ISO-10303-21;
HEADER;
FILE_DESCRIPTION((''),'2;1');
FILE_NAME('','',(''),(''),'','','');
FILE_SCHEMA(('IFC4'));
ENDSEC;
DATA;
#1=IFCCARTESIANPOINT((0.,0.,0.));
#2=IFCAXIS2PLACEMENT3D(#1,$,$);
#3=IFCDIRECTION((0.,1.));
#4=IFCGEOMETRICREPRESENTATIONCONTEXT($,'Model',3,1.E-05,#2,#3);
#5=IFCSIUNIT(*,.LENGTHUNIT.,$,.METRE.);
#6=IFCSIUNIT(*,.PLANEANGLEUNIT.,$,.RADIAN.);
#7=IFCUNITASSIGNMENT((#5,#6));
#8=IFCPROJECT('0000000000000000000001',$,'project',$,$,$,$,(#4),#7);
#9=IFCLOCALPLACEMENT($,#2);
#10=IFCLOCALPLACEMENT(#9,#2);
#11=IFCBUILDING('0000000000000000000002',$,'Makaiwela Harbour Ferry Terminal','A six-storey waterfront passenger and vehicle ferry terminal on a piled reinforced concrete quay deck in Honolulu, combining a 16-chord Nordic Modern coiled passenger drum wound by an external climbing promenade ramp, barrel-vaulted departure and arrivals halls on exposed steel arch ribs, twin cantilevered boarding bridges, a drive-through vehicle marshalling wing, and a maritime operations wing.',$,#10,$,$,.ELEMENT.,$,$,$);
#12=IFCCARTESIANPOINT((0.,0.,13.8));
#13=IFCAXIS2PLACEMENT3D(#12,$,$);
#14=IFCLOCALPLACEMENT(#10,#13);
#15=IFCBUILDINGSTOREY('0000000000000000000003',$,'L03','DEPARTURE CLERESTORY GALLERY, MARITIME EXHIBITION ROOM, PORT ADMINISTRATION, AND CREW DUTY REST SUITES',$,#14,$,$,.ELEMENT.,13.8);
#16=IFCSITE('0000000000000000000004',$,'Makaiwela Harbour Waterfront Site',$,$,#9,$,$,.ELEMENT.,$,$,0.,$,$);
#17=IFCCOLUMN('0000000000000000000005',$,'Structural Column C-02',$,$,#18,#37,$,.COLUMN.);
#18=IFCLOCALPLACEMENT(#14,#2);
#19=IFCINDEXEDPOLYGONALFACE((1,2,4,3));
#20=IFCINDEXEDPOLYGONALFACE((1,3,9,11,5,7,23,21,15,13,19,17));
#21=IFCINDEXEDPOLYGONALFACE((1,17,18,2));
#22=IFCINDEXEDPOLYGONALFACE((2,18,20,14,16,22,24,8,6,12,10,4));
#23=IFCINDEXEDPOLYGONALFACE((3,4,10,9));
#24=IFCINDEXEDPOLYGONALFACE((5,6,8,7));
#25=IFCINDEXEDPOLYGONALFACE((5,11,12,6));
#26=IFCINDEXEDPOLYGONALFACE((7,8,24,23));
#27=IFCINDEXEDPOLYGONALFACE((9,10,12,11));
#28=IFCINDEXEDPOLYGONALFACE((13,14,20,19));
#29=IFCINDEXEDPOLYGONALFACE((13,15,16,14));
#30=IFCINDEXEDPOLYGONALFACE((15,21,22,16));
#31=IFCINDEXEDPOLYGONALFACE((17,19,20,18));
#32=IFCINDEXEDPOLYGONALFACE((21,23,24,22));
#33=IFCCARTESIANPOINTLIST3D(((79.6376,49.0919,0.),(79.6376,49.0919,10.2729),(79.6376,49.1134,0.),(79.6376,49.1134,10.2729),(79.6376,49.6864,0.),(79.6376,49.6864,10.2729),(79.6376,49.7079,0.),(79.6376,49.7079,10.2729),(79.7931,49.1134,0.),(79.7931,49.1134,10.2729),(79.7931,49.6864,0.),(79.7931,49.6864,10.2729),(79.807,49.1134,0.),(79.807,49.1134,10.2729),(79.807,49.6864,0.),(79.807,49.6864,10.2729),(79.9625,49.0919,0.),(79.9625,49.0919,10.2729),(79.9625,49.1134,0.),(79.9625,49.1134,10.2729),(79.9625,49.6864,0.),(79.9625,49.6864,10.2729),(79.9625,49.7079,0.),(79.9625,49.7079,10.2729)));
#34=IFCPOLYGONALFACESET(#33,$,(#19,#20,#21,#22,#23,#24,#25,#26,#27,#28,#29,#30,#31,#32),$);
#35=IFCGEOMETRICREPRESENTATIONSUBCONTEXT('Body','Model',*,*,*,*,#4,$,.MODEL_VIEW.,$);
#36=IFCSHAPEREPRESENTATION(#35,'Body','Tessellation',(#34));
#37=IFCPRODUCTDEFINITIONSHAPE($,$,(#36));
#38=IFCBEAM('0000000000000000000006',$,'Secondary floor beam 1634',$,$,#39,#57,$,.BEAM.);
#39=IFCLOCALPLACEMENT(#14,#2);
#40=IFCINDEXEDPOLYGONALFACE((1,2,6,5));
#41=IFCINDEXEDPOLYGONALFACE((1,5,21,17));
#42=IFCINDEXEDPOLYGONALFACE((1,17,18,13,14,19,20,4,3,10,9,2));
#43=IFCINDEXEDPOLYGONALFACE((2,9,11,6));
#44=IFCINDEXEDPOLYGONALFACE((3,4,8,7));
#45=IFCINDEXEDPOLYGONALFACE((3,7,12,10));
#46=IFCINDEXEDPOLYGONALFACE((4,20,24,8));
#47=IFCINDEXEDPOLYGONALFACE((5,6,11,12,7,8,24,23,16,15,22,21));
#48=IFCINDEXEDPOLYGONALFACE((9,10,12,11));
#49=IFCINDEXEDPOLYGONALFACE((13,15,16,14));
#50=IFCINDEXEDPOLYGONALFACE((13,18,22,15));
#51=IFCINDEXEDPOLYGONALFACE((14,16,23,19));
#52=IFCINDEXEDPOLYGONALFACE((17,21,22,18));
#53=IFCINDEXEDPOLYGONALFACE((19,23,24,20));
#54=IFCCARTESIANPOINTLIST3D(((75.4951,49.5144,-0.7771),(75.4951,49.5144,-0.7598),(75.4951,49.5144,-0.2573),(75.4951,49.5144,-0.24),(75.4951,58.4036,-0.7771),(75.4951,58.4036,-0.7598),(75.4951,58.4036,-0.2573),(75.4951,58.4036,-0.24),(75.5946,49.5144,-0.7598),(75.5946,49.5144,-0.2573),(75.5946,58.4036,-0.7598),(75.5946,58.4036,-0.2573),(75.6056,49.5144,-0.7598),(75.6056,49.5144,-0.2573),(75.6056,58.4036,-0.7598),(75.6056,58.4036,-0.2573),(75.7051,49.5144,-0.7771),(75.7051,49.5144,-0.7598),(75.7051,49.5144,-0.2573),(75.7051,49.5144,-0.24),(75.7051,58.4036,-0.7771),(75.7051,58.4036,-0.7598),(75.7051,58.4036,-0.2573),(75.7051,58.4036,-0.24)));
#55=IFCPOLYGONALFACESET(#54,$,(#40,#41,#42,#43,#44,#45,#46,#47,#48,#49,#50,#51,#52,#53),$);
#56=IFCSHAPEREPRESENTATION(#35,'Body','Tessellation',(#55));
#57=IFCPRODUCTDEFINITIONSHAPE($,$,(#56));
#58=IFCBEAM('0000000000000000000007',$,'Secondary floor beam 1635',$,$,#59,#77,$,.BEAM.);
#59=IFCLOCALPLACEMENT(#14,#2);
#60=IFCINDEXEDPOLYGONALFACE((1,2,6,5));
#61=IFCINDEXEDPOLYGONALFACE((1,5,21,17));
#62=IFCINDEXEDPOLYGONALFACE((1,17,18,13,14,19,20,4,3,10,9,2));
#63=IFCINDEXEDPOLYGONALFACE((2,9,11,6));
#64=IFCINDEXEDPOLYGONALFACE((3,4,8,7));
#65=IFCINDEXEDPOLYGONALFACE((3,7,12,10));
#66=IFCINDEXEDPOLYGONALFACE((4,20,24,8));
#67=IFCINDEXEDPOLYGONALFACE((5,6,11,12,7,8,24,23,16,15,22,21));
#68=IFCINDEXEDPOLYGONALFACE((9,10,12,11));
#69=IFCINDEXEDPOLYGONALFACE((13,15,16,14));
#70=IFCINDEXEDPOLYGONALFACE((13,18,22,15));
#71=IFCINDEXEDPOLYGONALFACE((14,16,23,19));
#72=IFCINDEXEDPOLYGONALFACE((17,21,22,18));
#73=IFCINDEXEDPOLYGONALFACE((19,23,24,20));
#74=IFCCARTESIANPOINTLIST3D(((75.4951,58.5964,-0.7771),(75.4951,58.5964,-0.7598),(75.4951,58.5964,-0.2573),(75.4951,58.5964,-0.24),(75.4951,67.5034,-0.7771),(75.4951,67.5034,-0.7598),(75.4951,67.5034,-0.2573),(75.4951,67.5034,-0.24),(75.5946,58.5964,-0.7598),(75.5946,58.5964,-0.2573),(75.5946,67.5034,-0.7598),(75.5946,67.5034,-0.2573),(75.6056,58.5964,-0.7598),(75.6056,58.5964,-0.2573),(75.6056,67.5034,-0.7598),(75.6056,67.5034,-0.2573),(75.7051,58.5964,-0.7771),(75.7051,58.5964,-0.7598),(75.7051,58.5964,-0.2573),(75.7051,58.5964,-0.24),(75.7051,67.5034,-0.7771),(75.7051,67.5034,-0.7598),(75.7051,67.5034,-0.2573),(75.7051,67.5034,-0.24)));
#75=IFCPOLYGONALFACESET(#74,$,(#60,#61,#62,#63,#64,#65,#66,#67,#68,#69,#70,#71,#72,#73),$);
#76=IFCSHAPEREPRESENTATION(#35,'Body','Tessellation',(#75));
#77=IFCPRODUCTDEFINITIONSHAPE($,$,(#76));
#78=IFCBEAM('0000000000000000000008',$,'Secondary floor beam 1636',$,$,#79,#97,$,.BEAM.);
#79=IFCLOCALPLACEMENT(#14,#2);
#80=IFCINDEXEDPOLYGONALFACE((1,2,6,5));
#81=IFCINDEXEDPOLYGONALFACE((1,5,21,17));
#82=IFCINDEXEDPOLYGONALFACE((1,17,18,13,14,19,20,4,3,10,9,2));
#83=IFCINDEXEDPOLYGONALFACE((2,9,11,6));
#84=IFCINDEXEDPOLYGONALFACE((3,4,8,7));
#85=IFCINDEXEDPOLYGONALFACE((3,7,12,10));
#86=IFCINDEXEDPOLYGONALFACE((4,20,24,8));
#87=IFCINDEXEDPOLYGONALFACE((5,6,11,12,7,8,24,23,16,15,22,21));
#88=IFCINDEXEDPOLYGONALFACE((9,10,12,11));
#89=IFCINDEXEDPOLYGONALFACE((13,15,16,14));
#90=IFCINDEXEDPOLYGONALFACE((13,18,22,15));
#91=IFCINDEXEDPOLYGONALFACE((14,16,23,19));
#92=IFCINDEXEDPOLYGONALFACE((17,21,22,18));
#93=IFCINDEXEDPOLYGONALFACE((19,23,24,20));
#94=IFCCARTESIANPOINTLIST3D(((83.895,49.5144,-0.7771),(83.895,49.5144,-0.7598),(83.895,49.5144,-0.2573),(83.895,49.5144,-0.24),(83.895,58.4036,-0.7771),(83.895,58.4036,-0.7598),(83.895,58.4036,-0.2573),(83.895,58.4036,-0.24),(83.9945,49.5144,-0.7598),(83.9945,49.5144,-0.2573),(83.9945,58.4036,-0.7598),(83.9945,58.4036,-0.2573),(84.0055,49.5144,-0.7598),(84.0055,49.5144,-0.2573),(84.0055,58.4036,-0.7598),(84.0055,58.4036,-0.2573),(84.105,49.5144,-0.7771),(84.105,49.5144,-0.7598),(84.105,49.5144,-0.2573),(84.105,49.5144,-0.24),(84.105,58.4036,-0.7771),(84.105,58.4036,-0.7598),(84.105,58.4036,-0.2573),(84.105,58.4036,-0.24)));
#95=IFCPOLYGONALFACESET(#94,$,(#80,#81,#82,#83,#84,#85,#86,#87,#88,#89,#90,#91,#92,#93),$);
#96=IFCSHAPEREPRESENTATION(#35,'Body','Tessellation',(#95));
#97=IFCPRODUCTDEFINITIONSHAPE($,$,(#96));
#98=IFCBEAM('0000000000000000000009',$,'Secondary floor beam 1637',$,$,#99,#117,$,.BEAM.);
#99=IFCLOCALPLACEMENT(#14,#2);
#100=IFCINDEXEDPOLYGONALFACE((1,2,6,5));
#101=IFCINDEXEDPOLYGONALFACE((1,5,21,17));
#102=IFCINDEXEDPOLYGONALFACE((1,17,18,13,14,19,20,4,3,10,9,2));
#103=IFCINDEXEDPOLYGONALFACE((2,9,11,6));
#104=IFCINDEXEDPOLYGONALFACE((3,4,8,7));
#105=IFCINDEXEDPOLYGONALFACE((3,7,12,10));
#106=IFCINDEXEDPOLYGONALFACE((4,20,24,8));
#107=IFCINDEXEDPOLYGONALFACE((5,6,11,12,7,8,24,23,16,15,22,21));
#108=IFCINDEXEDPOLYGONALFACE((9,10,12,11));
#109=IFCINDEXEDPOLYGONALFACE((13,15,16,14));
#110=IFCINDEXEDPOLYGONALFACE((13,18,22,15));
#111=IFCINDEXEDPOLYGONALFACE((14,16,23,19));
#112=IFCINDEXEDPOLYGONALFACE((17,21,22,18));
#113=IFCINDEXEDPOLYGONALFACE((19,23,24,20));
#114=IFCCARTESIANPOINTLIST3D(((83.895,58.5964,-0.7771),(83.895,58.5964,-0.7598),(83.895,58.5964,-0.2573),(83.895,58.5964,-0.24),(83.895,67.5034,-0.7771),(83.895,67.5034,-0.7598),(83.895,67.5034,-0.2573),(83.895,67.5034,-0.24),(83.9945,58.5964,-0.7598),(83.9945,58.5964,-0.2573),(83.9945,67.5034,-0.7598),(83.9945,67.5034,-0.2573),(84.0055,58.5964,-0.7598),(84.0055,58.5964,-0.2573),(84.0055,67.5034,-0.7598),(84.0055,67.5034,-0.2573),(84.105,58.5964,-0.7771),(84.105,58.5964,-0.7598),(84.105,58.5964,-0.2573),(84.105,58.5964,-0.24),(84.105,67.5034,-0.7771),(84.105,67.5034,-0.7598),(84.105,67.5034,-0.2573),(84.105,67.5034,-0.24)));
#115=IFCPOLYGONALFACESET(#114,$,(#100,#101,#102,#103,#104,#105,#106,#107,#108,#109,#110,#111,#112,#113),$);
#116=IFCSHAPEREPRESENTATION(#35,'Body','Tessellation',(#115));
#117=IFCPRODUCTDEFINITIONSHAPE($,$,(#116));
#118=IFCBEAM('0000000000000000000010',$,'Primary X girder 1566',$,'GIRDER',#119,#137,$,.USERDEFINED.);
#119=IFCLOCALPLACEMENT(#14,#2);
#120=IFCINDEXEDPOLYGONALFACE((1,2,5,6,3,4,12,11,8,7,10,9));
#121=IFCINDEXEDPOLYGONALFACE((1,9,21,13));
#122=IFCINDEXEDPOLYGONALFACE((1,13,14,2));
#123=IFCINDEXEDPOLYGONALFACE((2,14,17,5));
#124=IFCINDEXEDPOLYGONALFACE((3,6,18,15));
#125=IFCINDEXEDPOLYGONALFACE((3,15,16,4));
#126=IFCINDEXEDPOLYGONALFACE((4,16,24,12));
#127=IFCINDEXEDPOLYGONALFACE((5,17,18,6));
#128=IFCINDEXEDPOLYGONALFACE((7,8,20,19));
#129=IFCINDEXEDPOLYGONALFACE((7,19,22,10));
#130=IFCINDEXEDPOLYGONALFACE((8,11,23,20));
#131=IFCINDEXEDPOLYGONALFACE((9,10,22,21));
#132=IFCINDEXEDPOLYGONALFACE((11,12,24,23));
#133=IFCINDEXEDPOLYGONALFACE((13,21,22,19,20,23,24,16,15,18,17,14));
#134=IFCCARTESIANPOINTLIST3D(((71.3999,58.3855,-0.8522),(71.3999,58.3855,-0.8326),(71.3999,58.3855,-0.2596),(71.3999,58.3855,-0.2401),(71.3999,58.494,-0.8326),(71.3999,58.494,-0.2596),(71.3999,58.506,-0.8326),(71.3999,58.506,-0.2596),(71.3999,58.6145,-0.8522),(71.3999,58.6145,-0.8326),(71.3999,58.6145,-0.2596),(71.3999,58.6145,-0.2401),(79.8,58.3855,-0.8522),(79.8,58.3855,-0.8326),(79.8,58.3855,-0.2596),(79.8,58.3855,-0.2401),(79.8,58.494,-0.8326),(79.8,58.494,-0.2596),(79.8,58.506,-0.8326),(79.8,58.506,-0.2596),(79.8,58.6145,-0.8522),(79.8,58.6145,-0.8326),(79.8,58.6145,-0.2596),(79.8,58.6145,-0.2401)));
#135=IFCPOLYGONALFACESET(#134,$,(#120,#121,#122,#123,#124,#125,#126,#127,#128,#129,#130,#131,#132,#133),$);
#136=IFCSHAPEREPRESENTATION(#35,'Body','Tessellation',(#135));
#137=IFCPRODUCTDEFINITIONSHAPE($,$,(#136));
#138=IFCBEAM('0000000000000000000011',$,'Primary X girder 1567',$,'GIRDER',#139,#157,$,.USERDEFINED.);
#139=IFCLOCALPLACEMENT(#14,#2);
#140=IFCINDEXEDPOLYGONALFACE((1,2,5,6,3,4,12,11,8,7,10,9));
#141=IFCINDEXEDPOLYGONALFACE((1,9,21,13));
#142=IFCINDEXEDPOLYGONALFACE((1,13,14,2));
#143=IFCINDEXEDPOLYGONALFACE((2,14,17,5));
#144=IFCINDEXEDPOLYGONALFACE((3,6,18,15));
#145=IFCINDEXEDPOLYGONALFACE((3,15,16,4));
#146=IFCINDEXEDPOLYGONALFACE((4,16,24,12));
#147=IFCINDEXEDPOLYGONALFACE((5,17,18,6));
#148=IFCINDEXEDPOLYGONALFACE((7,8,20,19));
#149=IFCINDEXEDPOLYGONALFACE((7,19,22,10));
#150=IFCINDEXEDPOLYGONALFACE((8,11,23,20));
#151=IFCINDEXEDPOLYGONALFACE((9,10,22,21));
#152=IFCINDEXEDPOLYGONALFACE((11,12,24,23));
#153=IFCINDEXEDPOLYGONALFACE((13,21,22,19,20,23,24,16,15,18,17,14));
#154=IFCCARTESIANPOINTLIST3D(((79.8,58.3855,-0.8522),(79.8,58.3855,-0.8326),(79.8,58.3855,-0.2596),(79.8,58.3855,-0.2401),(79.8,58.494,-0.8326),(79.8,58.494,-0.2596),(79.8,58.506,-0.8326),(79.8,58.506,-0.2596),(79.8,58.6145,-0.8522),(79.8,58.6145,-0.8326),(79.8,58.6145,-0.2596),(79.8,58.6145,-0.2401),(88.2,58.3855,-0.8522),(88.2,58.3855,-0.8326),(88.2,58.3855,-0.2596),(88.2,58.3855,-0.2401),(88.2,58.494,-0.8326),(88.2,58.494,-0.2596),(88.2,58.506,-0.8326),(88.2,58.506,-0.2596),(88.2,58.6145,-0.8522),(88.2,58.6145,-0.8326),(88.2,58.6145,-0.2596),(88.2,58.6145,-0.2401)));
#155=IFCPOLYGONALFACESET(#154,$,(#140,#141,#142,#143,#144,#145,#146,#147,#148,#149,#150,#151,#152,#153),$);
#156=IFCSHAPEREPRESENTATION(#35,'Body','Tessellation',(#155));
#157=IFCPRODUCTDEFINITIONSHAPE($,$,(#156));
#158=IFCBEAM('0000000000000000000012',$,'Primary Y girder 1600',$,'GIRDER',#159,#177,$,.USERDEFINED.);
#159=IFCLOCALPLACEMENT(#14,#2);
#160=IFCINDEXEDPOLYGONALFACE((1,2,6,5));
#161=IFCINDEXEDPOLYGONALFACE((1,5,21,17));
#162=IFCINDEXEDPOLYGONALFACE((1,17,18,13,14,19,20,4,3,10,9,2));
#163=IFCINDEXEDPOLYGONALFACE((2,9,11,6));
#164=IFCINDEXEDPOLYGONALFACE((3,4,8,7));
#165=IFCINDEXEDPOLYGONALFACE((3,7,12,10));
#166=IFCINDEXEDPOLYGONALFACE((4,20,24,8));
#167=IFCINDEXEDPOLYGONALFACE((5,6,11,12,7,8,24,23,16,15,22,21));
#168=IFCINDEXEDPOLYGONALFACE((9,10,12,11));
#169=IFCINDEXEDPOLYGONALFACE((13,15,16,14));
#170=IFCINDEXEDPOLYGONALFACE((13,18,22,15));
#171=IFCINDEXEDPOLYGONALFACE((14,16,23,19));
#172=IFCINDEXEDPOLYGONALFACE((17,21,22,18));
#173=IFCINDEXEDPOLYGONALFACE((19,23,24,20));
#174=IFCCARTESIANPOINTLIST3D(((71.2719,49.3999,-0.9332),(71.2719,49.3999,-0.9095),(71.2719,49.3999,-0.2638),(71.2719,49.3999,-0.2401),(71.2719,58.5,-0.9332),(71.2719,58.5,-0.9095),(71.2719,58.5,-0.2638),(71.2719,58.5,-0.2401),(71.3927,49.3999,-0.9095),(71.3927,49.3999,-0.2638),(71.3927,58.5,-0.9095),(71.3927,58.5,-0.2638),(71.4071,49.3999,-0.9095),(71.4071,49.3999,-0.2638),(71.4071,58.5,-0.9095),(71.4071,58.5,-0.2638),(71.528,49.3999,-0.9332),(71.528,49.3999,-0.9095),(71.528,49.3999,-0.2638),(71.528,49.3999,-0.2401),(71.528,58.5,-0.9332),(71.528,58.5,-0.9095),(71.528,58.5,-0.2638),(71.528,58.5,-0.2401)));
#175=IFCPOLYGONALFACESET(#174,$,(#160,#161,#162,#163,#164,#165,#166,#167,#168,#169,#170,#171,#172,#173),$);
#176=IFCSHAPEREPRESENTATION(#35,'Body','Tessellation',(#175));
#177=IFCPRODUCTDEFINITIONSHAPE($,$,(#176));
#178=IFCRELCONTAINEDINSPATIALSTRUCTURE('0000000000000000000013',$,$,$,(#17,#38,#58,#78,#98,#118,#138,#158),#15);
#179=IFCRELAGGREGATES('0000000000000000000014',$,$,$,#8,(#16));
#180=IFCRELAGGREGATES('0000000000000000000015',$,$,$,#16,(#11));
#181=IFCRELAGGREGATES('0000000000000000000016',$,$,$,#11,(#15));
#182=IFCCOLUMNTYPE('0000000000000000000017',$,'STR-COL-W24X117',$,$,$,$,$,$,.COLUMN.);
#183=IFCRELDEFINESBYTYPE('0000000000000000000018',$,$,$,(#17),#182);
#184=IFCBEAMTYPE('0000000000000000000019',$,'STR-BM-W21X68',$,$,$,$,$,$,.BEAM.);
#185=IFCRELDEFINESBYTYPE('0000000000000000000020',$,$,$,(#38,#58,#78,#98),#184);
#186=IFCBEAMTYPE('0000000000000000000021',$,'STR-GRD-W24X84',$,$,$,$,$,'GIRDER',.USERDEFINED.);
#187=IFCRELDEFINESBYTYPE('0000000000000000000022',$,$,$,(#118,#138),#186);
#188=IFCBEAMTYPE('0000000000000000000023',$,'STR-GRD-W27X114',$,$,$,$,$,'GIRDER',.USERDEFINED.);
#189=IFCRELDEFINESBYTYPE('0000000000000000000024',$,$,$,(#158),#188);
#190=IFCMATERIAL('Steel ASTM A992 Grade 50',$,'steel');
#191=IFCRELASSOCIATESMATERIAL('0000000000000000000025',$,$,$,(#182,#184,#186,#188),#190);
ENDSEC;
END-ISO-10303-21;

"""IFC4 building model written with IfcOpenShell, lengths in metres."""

from ifc_helpers import new_model, si_unit, direction, frame, origin, origin_2d, place, context, subcontext, project, spatial, i_section, extrude, material, material_profile, profile_set, type_object, element, save


model = new_model("IFC4")

# Units and contexts
model_context = context("Model", 3, precision=1e-05, world=origin(), true_north=direction((0.0, 1.0)))
body_context = subcontext(model_context, "Body", "Model", "MODEL_VIEW")
ifc_project = project(units=[si_unit("LENGTHUNIT", "METRE"), si_unit("PLANEANGLEUNIT", "RADIAN")], contexts=[model_context])

# Site, building, storey
site_placement = place(None, origin())
site = spatial("IfcSite", under=ifc_project, at=site_placement, Name="Makaiwela Harbour Waterfront Site", CompositionType="ELEMENT", RefElevation=0.0)
building_placement = place(site_placement, origin())
building = spatial("IfcBuilding", under=site, at=building_placement, Name="Makaiwela Harbour Ferry Terminal", Description="A six-storey waterfront passenger and vehicle ferry terminal on a piled reinforced concrete quay deck in Honolulu, combining a 16-chord Nordic Modern coiled passenger drum wound by an external climbing promenade ramp, barrel-vaulted departure and arrivals halls on exposed steel arch ribs, twin cantilevered boarding bridges, a drive-through vehicle marshalling wing, and a maritime operations wing.", CompositionType="ELEMENT")
storey_placement = place(building_placement, frame((0.0, 0.0, 13.8)))
storey = spatial("IfcBuildingStorey", under=building, at=storey_placement, Name="L03", Description="DEPARTURE CLERESTORY GALLERY, MARITIME EXHIBITION ROOM, PORT ADMINISTRATION, AND CREW DUTY REST SUITES", CompositionType="ELEMENT", Elevation=13.8)

# Column
ifc_material_1 = material(Name="Steel ASTM A992 Grade 50", Category="steel")
ifc_material_profile_1 = material_profile(ifc_material_1, i_section(OverallWidth=0.325, OverallDepth=0.616, WebThickness=0.0139, FlangeThickness=0.0215, at=origin_2d()), Name="W24X117")
ifc_profile_set_1 = profile_set([ifc_material_profile_1], Name="Steel ASTM A992 Grade 50")
column_type = type_object("IfcColumnType", Name="STR-COL-W24X117", PredefinedType="COLUMN", material=ifc_profile_set_1)
column_placement = place(storey_placement, frame((79.8, 49.3999, 0.0), z_axis=(0.0, 0.0, 1.0), x_axis=(1.0, 0.0, 0.0)))
element("IfcColumn", 1, at=column_placement, inside=storey, type_object=column_type, Name="Structural Column C-02", PredefinedType="COLUMN", context=body_context, shape_type="SweptSolid", body=[
    extrude(i_section(OverallWidth=0.325, OverallDepth=0.616, WebThickness=0.0139, FlangeThickness=0.0215, at=origin_2d()), origin(), (0.0, 0.0, 1.0), 10.2729),
])

# Beams
ifc_material_profile_2 = material_profile(ifc_material_1, i_section(OverallWidth=0.21, OverallDepth=0.5371, WebThickness=0.011, FlangeThickness=0.0173, at=origin_2d()), Name="W21X68")
ifc_profile_set_2 = profile_set([ifc_material_profile_2], Name="Steel ASTM A992 Grade 50")
beam_type_1 = type_object("IfcBeamType", Name="STR-BM-W21X68", PredefinedType="BEAM", material=ifc_profile_set_2)
beam_1_placement = place(storey_placement, frame((75.6001, 49.5144, -0.5085), z_axis=(0.0, 1.0, 0.0), x_axis=(-1.0, 0.0, 0.0)))
element("IfcBeam", 2, at=beam_1_placement, inside=storey, type_object=beam_type_1, Name="Secondary floor beam 1634", PredefinedType="BEAM", context=body_context, shape_type="SweptSolid", body=[
    extrude(i_section(OverallWidth=0.21, OverallDepth=0.5371, WebThickness=0.011, FlangeThickness=0.0173, at=origin_2d()), origin(), (0.0, 0.0, 1.0), 8.8892),
])
beam_2_placement = place(storey_placement, frame((75.6001, 58.5964, -0.5085), z_axis=(0.0, 1.0, 0.0), x_axis=(-1.0, 0.0, 0.0)))
element("IfcBeam", 3, at=beam_2_placement, inside=storey, type_object=beam_type_1, Name="Secondary floor beam 1635", PredefinedType="BEAM", context=body_context, shape_type="SweptSolid", body=[
    extrude(i_section(OverallWidth=0.21, OverallDepth=0.5371, WebThickness=0.011, FlangeThickness=0.0173, at=origin_2d()), origin(), (0.0, 0.0, 1.0), 8.907),
])
beam_3_placement = place(storey_placement, frame((84.0, 49.5144, -0.5085), z_axis=(0.0, 1.0, 0.0), x_axis=(-1.0, 0.0, 0.0)))
element("IfcBeam", 4, at=beam_3_placement, inside=storey, type_object=beam_type_1, Name="Secondary floor beam 1636", PredefinedType="BEAM", context=body_context, shape_type="SweptSolid", body=[
    extrude(i_section(OverallWidth=0.21, OverallDepth=0.5371, WebThickness=0.011, FlangeThickness=0.0173, at=origin_2d()), origin(), (0.0, 0.0, 1.0), 8.8892),
])
beam_4_placement = place(storey_placement, frame((84.0, 58.5964, -0.5085), z_axis=(0.0, 1.0, 0.0), x_axis=(-1.0, 0.0, 0.0)))
element("IfcBeam", 5, at=beam_4_placement, inside=storey, type_object=beam_type_1, Name="Secondary floor beam 1637", PredefinedType="BEAM", context=body_context, shape_type="SweptSolid", body=[
    extrude(i_section(OverallWidth=0.21, OverallDepth=0.5371, WebThickness=0.011, FlangeThickness=0.0173, at=origin_2d()), origin(), (0.0, 0.0, 1.0), 8.907),
])
ifc_material_profile_3 = material_profile(ifc_material_1, i_section(OverallWidth=0.229, OverallDepth=0.6121, WebThickness=0.012, FlangeThickness=0.0195, at=origin_2d()), Name="W24X84")
ifc_profile_set_3 = profile_set([ifc_material_profile_3], Name="Steel ASTM A992 Grade 50")
beam_type_2 = type_object("IfcBeamType", Name="STR-GRD-W24X84", ElementType="GIRDER", PredefinedType="USERDEFINED", material=ifc_profile_set_3)
beam_5_placement = place(storey_placement, frame((71.3999, 58.5, -0.5461), z_axis=(1.0, 0.0, 0.0), x_axis=(0.0, 1.0, 0.0)))
element("IfcBeam", 6, at=beam_5_placement, inside=storey, type_object=beam_type_2, Name="Primary X girder 1566", ObjectType="GIRDER", PredefinedType="USERDEFINED", context=body_context, shape_type="SweptSolid", body=[
    extrude(i_section(OverallWidth=0.229, OverallDepth=0.6121, WebThickness=0.012, FlangeThickness=0.0195, at=origin_2d()), origin(), (0.0, 0.0, 1.0), 8.4001),
])
beam_6_placement = place(storey_placement, frame((79.8, 58.5, -0.5461), z_axis=(1.0, 0.0, 0.0), x_axis=(0.0, 1.0, 0.0)))
element("IfcBeam", 7, at=beam_6_placement, inside=storey, type_object=beam_type_2, Name="Primary X girder 1567", ObjectType="GIRDER", PredefinedType="USERDEFINED", context=body_context, shape_type="SweptSolid", body=[
    extrude(i_section(OverallWidth=0.229, OverallDepth=0.6121, WebThickness=0.012, FlangeThickness=0.0195, at=origin_2d()), origin(), (0.0, 0.0, 1.0), 8.3999),
])
ifc_material_profile_4 = material_profile(ifc_material_1, i_section(OverallWidth=0.2561, OverallDepth=0.6931, WebThickness=0.0144, FlangeThickness=0.0237, at=origin_2d()), Name="W27X114")
ifc_profile_set_4 = profile_set([ifc_material_profile_4], Name="Steel ASTM A992 Grade 50")
beam_type_3 = type_object("IfcBeamType", Name="STR-GRD-W27X114", ElementType="GIRDER", PredefinedType="USERDEFINED", material=ifc_profile_set_4)
for number, where, z_axis, x_axis, name in (
    (8, (71.3999, 49.3999, -0.5867), (0.0, 1.0, 0.0), (-1.0, 0.0, 0.0), "Primary Y girder 1600"),
):
    element("IfcBeam", number, at=place(storey_placement, frame(where, z_axis=z_axis, x_axis=x_axis)), inside=storey, type_object=beam_type_3, Name=name, ObjectType="GIRDER", PredefinedType="USERDEFINED", context=body_context, shape_type="SweptSolid", body=[
        extrude(i_section(OverallWidth=0.2561, OverallDepth=0.6931, WebThickness=0.0144, FlangeThickness=0.0237, at=origin_2d()), origin(), (0.0, 0.0, 1.0), 9.1001),
    ])

save(model, "model.ifc")
